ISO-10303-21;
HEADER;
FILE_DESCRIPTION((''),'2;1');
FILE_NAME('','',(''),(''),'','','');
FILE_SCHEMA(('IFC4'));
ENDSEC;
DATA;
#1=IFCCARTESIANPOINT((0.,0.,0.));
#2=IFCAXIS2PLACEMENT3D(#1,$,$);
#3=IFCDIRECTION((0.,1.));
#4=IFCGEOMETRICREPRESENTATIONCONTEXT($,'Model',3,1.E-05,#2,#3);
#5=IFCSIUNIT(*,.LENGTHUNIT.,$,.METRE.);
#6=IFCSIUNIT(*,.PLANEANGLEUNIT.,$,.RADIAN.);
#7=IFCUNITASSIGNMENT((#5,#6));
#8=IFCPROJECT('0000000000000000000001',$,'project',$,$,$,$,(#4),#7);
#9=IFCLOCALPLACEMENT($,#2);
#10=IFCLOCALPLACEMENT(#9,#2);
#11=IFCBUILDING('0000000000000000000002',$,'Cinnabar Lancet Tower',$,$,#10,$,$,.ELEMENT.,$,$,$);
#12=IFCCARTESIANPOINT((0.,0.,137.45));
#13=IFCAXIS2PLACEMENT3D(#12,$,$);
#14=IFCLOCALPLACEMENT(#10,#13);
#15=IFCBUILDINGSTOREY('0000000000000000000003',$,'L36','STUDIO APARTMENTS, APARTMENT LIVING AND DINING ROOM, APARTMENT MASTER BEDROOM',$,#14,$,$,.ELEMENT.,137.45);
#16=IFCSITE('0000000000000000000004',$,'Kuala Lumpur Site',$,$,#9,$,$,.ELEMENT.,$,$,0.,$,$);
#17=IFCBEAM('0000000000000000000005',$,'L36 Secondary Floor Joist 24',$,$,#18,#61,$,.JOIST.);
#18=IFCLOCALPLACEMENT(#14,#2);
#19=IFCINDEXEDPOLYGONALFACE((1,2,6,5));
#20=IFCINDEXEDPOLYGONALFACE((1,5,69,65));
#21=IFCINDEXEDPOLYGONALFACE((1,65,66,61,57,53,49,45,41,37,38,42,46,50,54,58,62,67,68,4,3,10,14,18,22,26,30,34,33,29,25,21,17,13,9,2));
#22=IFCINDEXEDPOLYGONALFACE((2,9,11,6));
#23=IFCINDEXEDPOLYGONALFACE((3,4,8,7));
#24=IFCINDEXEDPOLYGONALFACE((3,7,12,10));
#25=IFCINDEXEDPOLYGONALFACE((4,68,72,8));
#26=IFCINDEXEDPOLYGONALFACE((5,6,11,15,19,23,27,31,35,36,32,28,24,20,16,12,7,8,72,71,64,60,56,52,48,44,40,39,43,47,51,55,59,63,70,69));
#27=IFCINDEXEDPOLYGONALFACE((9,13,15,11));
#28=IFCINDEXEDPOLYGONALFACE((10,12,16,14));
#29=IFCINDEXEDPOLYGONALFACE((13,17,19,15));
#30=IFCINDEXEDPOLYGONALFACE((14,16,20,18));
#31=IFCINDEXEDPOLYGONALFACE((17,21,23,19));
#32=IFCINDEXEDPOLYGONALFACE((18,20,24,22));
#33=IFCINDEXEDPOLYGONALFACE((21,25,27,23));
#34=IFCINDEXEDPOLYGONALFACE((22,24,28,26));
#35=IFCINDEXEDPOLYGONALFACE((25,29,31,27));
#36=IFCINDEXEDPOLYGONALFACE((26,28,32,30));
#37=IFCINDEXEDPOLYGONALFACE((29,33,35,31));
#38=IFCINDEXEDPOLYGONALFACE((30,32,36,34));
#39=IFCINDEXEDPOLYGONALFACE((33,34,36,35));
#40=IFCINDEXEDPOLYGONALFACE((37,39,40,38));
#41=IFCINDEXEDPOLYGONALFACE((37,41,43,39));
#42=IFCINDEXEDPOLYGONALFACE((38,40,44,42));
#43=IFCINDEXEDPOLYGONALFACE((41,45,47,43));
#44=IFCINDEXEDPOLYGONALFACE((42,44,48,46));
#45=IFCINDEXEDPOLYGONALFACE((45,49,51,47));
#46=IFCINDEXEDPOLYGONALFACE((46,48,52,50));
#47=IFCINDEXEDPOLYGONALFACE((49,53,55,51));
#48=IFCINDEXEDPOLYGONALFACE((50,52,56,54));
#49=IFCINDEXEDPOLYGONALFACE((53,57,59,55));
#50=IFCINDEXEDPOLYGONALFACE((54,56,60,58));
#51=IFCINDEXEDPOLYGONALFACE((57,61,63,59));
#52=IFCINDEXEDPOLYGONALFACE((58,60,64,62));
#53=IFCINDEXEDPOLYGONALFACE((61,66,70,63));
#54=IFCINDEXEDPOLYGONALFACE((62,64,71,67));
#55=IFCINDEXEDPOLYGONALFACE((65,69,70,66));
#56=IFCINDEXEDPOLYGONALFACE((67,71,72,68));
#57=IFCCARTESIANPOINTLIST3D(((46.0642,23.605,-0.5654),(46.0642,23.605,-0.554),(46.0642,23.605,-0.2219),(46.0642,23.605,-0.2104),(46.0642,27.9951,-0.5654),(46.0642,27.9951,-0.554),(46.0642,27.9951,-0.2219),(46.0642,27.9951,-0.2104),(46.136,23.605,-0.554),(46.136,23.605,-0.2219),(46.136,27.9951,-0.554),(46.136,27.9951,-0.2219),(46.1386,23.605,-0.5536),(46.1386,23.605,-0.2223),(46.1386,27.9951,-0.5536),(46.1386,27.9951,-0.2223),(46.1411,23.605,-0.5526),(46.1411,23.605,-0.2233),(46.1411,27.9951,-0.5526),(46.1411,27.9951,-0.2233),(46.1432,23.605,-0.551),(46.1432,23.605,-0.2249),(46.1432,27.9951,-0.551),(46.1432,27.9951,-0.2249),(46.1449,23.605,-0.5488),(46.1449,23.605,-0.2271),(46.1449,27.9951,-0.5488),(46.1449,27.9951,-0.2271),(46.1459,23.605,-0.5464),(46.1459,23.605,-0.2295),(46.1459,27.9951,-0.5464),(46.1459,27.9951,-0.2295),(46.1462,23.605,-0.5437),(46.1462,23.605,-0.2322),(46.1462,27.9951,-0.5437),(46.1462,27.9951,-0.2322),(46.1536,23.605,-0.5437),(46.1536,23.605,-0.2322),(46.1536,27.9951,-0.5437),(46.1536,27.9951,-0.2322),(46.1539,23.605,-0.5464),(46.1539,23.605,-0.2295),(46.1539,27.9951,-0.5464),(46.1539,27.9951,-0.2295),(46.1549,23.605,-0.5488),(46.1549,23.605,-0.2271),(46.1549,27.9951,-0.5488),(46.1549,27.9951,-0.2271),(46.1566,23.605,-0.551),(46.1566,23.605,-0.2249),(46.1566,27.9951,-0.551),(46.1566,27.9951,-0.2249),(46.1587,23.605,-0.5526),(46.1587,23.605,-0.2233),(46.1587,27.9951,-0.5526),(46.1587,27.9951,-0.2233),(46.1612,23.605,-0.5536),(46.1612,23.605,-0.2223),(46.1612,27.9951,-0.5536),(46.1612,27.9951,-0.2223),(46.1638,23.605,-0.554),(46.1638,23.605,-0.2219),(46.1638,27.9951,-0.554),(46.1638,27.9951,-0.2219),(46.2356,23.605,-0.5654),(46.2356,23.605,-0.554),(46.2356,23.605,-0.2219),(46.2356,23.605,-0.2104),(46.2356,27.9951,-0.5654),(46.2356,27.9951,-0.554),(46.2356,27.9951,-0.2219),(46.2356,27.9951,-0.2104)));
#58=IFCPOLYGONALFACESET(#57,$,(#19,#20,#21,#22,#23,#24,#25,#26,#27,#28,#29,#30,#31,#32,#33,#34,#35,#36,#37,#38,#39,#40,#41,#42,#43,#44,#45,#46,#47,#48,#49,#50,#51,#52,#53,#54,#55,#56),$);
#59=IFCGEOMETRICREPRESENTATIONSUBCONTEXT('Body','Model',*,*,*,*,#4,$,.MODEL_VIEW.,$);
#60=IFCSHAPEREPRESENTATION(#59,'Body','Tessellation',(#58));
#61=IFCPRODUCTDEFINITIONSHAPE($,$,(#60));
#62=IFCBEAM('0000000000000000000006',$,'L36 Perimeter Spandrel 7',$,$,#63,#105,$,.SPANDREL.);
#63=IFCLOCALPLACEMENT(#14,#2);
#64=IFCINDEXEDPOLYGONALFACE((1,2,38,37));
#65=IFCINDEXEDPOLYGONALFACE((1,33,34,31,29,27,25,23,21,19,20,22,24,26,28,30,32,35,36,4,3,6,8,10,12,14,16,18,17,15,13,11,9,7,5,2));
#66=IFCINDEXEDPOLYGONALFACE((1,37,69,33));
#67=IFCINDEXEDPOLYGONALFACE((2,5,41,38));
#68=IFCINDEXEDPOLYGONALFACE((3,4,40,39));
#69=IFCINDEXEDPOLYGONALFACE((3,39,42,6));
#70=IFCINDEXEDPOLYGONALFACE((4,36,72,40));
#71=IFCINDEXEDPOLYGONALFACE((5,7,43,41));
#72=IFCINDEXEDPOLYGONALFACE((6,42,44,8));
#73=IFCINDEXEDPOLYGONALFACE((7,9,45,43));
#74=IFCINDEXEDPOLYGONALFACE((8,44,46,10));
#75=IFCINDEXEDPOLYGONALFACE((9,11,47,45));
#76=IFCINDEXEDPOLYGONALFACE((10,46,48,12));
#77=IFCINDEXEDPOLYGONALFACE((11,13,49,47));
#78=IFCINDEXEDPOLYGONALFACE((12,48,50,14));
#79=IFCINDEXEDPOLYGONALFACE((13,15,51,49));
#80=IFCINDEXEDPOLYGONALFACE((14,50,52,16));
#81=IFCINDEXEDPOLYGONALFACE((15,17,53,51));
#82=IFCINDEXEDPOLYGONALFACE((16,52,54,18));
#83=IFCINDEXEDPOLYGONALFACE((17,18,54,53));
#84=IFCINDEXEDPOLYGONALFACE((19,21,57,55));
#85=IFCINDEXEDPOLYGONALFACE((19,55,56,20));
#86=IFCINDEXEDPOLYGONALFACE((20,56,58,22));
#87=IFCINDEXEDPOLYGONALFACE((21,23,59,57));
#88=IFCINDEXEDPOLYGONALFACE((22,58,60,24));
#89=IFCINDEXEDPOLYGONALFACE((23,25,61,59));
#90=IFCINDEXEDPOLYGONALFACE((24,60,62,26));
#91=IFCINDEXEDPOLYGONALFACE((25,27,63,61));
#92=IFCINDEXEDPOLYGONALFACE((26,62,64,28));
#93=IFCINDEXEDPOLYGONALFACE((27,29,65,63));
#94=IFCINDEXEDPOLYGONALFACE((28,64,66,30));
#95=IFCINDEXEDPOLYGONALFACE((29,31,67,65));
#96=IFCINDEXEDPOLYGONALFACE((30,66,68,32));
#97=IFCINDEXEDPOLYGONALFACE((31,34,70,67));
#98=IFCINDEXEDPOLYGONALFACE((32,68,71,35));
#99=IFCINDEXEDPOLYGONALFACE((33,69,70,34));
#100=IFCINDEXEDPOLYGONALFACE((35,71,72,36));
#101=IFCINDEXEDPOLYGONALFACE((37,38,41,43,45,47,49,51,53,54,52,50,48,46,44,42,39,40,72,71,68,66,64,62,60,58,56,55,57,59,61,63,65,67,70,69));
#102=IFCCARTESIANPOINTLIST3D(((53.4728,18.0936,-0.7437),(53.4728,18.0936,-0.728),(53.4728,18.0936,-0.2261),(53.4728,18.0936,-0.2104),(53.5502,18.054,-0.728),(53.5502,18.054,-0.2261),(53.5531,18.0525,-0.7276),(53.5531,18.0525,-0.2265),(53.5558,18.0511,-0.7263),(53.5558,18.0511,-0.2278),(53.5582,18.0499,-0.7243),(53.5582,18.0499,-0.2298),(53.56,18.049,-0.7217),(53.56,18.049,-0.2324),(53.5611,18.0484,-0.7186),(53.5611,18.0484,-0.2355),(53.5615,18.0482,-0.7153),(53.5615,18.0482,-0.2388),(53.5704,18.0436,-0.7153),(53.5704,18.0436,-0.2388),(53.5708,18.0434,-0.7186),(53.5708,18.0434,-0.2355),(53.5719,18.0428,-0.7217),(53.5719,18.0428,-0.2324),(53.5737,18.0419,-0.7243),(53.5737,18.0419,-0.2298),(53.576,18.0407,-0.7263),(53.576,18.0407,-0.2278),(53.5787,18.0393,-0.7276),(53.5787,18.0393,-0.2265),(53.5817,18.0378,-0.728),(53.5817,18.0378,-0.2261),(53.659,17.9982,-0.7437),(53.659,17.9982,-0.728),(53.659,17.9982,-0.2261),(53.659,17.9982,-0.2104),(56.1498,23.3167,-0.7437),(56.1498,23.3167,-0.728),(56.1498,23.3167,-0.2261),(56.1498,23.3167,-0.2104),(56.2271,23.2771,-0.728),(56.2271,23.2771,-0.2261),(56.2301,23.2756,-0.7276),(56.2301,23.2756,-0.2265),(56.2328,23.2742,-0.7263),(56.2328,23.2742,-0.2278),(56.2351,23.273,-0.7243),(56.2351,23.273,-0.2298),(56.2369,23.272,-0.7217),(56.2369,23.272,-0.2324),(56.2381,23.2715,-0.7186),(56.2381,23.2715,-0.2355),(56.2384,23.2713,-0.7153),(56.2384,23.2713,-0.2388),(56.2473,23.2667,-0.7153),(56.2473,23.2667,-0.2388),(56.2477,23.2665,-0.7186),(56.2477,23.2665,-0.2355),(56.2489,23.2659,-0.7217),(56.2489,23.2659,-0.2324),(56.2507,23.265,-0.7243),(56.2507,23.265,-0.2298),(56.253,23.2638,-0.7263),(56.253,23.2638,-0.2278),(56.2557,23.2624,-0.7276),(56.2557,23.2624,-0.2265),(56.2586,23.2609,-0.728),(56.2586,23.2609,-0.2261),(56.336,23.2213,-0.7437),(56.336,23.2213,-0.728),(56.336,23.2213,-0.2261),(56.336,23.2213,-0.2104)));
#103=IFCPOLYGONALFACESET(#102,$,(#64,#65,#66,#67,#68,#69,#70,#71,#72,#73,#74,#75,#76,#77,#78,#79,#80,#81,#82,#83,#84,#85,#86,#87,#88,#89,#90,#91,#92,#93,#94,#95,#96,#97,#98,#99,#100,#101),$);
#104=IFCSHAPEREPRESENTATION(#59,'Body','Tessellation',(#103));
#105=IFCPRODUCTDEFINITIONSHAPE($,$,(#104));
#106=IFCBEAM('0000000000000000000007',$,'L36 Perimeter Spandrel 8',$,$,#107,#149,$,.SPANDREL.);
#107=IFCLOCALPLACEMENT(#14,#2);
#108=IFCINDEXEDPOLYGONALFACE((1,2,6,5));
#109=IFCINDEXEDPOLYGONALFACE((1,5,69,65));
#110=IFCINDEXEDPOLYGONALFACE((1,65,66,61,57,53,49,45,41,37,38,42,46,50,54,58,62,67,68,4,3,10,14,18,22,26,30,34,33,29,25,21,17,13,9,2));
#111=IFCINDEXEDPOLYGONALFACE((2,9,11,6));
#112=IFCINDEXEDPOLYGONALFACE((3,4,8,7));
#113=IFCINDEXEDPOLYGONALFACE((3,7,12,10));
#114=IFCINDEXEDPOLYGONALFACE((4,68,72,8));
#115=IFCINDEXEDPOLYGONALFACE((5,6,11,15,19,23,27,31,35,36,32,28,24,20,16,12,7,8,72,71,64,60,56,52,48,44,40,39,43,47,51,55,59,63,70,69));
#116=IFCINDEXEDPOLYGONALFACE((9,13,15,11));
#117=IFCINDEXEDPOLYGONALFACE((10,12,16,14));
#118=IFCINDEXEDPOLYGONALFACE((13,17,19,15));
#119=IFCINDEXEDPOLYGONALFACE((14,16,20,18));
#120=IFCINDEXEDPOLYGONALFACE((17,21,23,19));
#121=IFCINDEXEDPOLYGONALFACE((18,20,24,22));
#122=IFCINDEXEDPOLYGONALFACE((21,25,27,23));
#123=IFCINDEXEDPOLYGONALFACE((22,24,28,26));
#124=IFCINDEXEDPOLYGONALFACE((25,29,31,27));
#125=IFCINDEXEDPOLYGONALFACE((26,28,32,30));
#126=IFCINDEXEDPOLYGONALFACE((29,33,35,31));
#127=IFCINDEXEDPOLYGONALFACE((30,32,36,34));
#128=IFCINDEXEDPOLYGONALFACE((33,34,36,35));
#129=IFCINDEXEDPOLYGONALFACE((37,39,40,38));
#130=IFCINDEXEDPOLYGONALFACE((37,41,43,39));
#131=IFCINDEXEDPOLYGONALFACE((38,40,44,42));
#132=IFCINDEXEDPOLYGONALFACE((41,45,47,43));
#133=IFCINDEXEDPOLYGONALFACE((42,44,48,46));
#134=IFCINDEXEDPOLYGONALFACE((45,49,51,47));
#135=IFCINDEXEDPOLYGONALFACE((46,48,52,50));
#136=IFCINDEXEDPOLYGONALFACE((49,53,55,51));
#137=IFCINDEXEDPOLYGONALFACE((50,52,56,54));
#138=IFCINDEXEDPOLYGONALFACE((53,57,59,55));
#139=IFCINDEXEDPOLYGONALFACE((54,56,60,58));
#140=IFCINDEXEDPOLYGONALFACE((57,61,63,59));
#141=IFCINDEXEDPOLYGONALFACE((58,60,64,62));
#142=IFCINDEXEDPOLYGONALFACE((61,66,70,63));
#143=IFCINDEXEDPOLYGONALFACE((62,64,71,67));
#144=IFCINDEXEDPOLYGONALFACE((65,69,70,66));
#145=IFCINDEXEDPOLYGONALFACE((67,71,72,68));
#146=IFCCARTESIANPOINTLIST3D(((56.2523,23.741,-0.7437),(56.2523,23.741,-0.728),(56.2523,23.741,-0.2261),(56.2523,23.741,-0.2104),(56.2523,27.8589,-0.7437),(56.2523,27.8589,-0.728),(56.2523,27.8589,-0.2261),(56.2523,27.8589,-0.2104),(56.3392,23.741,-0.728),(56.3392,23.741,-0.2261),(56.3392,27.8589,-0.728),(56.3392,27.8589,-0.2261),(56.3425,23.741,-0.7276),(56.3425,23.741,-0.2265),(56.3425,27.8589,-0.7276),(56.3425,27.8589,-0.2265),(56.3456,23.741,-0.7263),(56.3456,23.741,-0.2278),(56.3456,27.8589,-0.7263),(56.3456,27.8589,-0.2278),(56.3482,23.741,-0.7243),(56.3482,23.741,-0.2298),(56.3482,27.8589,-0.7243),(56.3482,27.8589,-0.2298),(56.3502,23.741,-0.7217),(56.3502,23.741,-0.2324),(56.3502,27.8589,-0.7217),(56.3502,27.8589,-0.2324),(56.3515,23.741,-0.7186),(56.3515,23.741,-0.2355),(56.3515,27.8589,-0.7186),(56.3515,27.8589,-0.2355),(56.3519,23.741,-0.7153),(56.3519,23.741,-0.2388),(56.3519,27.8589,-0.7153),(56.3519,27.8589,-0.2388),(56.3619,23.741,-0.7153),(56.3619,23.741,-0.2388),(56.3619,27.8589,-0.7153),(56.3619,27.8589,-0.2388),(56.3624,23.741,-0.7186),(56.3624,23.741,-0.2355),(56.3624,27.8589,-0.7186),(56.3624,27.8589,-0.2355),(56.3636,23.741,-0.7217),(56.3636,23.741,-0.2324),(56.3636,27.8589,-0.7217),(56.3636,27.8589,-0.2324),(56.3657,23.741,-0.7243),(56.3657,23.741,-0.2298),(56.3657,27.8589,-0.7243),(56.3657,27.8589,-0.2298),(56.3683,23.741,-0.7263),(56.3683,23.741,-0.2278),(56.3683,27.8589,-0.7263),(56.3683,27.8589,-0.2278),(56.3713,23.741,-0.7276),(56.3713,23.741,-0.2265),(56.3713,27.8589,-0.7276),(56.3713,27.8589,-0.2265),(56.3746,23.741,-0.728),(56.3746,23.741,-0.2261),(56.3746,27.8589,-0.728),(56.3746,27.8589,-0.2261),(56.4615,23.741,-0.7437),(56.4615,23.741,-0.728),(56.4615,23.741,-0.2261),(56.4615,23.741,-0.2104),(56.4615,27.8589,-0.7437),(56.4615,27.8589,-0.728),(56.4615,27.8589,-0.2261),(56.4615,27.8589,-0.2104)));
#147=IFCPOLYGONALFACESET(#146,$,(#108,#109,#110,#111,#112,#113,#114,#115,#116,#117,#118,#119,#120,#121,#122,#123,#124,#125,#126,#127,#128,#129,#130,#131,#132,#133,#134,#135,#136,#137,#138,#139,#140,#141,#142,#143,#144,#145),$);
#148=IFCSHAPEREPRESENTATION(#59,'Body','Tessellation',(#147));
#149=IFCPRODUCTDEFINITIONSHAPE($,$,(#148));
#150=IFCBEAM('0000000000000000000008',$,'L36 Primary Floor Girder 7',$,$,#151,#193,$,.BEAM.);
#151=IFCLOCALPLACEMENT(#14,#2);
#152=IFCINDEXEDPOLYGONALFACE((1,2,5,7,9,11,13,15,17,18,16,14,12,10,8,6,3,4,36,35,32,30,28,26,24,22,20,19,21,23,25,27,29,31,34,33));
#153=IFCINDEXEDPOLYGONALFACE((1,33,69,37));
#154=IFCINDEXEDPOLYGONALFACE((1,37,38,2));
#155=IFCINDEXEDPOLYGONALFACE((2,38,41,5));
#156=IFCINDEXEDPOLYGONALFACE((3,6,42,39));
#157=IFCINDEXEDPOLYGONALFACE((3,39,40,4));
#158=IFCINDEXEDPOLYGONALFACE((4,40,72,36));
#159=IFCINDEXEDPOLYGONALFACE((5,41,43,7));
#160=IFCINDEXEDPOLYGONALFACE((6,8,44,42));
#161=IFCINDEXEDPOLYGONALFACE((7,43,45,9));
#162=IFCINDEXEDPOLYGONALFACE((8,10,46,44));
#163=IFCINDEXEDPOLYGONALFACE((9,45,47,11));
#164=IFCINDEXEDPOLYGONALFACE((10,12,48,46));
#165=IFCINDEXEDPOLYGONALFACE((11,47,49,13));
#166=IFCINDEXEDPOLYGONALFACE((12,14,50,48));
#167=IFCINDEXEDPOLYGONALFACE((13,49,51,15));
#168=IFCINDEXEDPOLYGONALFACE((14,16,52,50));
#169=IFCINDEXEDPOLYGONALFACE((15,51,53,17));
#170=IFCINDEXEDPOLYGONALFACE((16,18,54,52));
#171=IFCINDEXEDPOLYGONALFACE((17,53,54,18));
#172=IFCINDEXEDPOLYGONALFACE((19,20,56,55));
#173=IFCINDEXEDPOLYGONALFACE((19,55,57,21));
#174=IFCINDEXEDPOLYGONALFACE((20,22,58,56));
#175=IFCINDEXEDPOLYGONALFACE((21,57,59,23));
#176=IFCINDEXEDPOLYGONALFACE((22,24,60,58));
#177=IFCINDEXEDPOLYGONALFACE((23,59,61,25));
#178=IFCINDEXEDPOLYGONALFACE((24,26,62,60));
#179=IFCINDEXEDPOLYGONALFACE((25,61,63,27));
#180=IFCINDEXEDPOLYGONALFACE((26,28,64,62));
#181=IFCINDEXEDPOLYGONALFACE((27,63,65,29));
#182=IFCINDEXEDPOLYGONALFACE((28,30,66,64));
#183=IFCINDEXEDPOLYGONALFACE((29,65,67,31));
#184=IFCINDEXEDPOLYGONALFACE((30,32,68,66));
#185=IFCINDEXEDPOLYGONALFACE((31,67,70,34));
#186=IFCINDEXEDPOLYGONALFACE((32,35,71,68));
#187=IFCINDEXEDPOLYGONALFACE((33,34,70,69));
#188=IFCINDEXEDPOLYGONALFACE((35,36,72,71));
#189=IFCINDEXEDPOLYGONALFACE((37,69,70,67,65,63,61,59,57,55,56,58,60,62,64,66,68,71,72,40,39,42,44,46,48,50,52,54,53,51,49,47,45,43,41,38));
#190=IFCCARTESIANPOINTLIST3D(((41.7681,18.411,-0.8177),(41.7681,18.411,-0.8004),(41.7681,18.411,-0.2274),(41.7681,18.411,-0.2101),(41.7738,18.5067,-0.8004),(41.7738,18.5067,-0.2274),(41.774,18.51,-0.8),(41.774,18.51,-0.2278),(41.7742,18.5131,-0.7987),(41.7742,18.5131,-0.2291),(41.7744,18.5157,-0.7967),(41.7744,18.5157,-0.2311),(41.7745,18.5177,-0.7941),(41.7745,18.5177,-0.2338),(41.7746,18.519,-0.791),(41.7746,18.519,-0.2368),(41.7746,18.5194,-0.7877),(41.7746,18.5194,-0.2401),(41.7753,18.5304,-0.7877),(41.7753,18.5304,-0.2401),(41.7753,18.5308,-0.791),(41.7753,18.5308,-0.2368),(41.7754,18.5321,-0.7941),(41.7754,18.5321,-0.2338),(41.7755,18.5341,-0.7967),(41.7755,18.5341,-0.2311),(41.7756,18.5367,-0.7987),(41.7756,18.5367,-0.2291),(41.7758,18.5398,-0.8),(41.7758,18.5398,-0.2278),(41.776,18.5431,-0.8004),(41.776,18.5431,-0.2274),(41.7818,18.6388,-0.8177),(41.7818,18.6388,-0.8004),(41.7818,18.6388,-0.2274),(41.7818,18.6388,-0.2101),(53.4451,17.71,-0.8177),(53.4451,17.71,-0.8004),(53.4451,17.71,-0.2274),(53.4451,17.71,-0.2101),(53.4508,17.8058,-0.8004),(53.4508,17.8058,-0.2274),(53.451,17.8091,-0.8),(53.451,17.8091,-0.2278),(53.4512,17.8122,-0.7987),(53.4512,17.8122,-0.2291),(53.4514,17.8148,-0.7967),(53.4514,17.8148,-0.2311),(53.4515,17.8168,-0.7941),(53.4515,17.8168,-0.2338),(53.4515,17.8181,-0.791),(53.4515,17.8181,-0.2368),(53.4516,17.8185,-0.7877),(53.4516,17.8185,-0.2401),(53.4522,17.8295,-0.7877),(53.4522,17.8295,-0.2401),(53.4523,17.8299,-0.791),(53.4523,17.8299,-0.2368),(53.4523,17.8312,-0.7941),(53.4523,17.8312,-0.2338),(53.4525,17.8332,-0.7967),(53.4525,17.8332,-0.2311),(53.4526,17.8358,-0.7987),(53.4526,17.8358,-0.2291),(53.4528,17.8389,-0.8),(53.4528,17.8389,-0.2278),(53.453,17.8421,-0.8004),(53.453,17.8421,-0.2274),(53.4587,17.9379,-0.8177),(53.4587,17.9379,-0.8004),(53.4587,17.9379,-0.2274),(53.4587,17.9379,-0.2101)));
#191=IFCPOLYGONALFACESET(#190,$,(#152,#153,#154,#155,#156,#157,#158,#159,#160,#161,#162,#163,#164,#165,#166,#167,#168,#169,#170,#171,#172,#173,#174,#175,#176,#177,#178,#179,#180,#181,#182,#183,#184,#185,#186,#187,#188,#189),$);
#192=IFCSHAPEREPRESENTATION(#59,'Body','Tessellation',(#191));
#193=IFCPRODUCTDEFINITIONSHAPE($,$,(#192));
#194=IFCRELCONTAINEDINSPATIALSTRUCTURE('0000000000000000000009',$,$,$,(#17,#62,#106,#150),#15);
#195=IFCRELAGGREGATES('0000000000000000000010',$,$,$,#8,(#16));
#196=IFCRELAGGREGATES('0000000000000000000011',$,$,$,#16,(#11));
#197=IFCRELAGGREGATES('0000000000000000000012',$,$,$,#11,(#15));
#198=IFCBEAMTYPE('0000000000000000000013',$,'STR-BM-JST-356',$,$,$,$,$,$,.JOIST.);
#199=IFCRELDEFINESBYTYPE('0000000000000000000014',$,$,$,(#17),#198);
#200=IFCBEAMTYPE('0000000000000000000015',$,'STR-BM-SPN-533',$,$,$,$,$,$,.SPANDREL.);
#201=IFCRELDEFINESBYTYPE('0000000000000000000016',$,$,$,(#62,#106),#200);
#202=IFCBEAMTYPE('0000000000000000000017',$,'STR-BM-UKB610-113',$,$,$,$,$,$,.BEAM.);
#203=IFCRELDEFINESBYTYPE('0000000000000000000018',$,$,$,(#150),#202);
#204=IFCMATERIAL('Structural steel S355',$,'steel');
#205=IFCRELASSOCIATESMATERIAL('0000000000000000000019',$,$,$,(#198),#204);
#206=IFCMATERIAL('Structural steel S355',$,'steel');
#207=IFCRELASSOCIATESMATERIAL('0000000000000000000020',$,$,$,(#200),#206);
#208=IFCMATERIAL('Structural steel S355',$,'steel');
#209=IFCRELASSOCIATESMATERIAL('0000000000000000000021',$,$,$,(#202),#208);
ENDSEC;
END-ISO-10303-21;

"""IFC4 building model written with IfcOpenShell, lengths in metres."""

from ifc_helpers import new_model, si_unit, direction, frame, origin, origin_2d, place, context, subcontext, project, spatial, i_section, extrude, material, material_profile, profile_set, type_object, element, save


model = new_model("IFC4")

# Units and contexts
model_context = context("Model", 3, precision=1e-05, world=origin(), true_north=direction((0.0, 1.0)))
body_context = subcontext(model_context, "Body", "Model", "MODEL_VIEW")
ifc_project = project(units=[si_unit("LENGTHUNIT", "METRE"), si_unit("PLANEANGLEUNIT", "RADIAN")], contexts=[model_context])

# Site, building, storey
site_placement = place(None, origin())
site = spatial("IfcSite", under=ifc_project, at=site_placement, Name="Kuala Lumpur Site", CompositionType="ELEMENT", RefElevation=0.0)
building_placement = place(site_placement, origin())
building = spatial("IfcBuilding", under=site, at=building_placement, Name="Cinnabar Lancet Tower", CompositionType="ELEMENT")
storey_placement = place(building_placement, frame((0.0, 0.0, 137.45)))
storey = spatial("IfcBuildingStorey", under=building, at=storey_placement, Name="L36", Description="STUDIO APARTMENTS, APARTMENT LIVING AND DINING ROOM, APARTMENT MASTER BEDROOM", CompositionType="ELEMENT", Elevation=137.45)

# Beams
ifc_material_1 = material(Name="Structural steel S355", Category="steel")
ifc_material_profile_1 = material_profile(ifc_material_1, i_section(OverallWidth=0.1714, OverallDepth=0.355, WebThickness=0.0073, FlangeThickness=0.0115, FilletRadius=0.0103, at=origin_2d()), Name="UKB 356x171x51")
ifc_profile_set_1 = profile_set([ifc_material_profile_1], Name="Structural steel S355")
beam_type_1 = type_object("IfcBeamType", Name="STR-BM-JST-356", PredefinedType="JOIST", material=ifc_profile_set_1)
for number, where, z_axis, x_axis, name in (
    (1, (46.1499, 23.605, -0.3879), (0.0, 1.0, 0.0), (-1.0, 0.0, 0.0), "L36 Secondary Floor Joist 24"),
):
    element("IfcBeam", number, at=place(storey_placement, frame(where, z_axis=z_axis, x_axis=x_axis)), inside=storey, type_object=beam_type_1, Name=name, PredefinedType="JOIST", context=body_context, shape_type="SweptSolid", body=[
        extrude(i_section(OverallWidth=0.1714, OverallDepth=0.355, WebThickness=0.0073, FlangeThickness=0.0115, FilletRadius=0.0103, at=origin_2d()), origin(), (0.0, 0.0, 1.0), 4.3901),
    ])
ifc_material_2 = material(Name="Structural steel S355", Category="steel")
ifc_material_profile_2 = material_profile(ifc_material_2, i_section(OverallWidth=0.2092, OverallDepth=0.5332, WebThickness=0.01, FlangeThickness=0.0156, FilletRadius=0.0127, at=origin_2d()), Name="UKB 533x210x92")
ifc_profile_set_2 = profile_set([ifc_material_profile_2], Name="Structural steel S355")
beam_type_2 = type_object("IfcBeamType", Name="STR-BM-SPN-533", PredefinedType="SPANDREL", material=ifc_profile_set_2)
beam_1_placement = place(storey_placement, frame((53.5659, 18.0459, -0.4771), z_axis=(0.45611, 0.889924, 0.0), x_axis=(-0.889924, 0.45611, 0.0)))
element("IfcBeam", 2, at=beam_1_placement, inside=storey, type_object=beam_type_2, Name="L36 Perimeter Spandrel 7", PredefinedType="SPANDREL", context=body_context, shape_type="SweptSolid", body=[
    extrude(i_section(OverallWidth=0.2092, OverallDepth=0.5332, WebThickness=0.01, FlangeThickness=0.0156, FilletRadius=0.0127, at=origin_2d()), origin(), (0.0, 0.0, 1.0), 5.8691),
])
beam_2_placement = place(storey_placement, frame((56.3569, 23.741, -0.4771), z_axis=(0.0, 1.0, 0.0), x_axis=(-1.0, 0.0, 0.0)))
element("IfcBeam", 3, at=beam_2_placement, inside=storey, type_object=beam_type_2, Name="L36 Perimeter Spandrel 8", PredefinedType="SPANDREL", context=body_context, shape_type="SweptSolid", body=[
    extrude(i_section(OverallWidth=0.2092, OverallDepth=0.5332, WebThickness=0.01, FlangeThickness=0.0156, FilletRadius=0.0127, at=origin_2d()), origin(), (0.0, 0.0, 1.0), 4.1179),
])
ifc_material_3 = material(Name="Structural steel S355", Category="steel")
ifc_material_profile_3 = material_profile(ifc_material_3, i_section(OverallWidth=0.2283, OverallDepth=0.6077, WebThickness=0.011, FlangeThickness=0.0173, FilletRadius=0.0127, at=origin_2d()), Name="UKB 610x229x113")
ifc_profile_set_3 = profile_set([ifc_material_profile_3], Name="Structural steel S355")
beam_type_3 = type_object("IfcBeamType", Name="STR-BM-UKB610-113", PredefinedType="BEAM", material=ifc_profile_set_3)
beam_3_placement = place(storey_placement, frame((53.4519, 17.824, -0.5139), z_axis=(-0.998203, 0.059918, 0.0), x_axis=(-0.059918, -0.998203, 0.0)))
element("IfcBeam", 4, at=beam_3_placement, inside=storey, type_object=beam_type_3, Name="L36 Primary Floor Girder 7", PredefinedType="BEAM", context=body_context, shape_type="SweptSolid", body=[
    extrude(i_section(OverallWidth=0.2283, OverallDepth=0.6077, WebThickness=0.011, FlangeThickness=0.0173, FilletRadius=0.0127, at=origin_2d()), origin(), (0.0, 0.0, 1.0), 11.698),
])

save(model, "model.ifc")
